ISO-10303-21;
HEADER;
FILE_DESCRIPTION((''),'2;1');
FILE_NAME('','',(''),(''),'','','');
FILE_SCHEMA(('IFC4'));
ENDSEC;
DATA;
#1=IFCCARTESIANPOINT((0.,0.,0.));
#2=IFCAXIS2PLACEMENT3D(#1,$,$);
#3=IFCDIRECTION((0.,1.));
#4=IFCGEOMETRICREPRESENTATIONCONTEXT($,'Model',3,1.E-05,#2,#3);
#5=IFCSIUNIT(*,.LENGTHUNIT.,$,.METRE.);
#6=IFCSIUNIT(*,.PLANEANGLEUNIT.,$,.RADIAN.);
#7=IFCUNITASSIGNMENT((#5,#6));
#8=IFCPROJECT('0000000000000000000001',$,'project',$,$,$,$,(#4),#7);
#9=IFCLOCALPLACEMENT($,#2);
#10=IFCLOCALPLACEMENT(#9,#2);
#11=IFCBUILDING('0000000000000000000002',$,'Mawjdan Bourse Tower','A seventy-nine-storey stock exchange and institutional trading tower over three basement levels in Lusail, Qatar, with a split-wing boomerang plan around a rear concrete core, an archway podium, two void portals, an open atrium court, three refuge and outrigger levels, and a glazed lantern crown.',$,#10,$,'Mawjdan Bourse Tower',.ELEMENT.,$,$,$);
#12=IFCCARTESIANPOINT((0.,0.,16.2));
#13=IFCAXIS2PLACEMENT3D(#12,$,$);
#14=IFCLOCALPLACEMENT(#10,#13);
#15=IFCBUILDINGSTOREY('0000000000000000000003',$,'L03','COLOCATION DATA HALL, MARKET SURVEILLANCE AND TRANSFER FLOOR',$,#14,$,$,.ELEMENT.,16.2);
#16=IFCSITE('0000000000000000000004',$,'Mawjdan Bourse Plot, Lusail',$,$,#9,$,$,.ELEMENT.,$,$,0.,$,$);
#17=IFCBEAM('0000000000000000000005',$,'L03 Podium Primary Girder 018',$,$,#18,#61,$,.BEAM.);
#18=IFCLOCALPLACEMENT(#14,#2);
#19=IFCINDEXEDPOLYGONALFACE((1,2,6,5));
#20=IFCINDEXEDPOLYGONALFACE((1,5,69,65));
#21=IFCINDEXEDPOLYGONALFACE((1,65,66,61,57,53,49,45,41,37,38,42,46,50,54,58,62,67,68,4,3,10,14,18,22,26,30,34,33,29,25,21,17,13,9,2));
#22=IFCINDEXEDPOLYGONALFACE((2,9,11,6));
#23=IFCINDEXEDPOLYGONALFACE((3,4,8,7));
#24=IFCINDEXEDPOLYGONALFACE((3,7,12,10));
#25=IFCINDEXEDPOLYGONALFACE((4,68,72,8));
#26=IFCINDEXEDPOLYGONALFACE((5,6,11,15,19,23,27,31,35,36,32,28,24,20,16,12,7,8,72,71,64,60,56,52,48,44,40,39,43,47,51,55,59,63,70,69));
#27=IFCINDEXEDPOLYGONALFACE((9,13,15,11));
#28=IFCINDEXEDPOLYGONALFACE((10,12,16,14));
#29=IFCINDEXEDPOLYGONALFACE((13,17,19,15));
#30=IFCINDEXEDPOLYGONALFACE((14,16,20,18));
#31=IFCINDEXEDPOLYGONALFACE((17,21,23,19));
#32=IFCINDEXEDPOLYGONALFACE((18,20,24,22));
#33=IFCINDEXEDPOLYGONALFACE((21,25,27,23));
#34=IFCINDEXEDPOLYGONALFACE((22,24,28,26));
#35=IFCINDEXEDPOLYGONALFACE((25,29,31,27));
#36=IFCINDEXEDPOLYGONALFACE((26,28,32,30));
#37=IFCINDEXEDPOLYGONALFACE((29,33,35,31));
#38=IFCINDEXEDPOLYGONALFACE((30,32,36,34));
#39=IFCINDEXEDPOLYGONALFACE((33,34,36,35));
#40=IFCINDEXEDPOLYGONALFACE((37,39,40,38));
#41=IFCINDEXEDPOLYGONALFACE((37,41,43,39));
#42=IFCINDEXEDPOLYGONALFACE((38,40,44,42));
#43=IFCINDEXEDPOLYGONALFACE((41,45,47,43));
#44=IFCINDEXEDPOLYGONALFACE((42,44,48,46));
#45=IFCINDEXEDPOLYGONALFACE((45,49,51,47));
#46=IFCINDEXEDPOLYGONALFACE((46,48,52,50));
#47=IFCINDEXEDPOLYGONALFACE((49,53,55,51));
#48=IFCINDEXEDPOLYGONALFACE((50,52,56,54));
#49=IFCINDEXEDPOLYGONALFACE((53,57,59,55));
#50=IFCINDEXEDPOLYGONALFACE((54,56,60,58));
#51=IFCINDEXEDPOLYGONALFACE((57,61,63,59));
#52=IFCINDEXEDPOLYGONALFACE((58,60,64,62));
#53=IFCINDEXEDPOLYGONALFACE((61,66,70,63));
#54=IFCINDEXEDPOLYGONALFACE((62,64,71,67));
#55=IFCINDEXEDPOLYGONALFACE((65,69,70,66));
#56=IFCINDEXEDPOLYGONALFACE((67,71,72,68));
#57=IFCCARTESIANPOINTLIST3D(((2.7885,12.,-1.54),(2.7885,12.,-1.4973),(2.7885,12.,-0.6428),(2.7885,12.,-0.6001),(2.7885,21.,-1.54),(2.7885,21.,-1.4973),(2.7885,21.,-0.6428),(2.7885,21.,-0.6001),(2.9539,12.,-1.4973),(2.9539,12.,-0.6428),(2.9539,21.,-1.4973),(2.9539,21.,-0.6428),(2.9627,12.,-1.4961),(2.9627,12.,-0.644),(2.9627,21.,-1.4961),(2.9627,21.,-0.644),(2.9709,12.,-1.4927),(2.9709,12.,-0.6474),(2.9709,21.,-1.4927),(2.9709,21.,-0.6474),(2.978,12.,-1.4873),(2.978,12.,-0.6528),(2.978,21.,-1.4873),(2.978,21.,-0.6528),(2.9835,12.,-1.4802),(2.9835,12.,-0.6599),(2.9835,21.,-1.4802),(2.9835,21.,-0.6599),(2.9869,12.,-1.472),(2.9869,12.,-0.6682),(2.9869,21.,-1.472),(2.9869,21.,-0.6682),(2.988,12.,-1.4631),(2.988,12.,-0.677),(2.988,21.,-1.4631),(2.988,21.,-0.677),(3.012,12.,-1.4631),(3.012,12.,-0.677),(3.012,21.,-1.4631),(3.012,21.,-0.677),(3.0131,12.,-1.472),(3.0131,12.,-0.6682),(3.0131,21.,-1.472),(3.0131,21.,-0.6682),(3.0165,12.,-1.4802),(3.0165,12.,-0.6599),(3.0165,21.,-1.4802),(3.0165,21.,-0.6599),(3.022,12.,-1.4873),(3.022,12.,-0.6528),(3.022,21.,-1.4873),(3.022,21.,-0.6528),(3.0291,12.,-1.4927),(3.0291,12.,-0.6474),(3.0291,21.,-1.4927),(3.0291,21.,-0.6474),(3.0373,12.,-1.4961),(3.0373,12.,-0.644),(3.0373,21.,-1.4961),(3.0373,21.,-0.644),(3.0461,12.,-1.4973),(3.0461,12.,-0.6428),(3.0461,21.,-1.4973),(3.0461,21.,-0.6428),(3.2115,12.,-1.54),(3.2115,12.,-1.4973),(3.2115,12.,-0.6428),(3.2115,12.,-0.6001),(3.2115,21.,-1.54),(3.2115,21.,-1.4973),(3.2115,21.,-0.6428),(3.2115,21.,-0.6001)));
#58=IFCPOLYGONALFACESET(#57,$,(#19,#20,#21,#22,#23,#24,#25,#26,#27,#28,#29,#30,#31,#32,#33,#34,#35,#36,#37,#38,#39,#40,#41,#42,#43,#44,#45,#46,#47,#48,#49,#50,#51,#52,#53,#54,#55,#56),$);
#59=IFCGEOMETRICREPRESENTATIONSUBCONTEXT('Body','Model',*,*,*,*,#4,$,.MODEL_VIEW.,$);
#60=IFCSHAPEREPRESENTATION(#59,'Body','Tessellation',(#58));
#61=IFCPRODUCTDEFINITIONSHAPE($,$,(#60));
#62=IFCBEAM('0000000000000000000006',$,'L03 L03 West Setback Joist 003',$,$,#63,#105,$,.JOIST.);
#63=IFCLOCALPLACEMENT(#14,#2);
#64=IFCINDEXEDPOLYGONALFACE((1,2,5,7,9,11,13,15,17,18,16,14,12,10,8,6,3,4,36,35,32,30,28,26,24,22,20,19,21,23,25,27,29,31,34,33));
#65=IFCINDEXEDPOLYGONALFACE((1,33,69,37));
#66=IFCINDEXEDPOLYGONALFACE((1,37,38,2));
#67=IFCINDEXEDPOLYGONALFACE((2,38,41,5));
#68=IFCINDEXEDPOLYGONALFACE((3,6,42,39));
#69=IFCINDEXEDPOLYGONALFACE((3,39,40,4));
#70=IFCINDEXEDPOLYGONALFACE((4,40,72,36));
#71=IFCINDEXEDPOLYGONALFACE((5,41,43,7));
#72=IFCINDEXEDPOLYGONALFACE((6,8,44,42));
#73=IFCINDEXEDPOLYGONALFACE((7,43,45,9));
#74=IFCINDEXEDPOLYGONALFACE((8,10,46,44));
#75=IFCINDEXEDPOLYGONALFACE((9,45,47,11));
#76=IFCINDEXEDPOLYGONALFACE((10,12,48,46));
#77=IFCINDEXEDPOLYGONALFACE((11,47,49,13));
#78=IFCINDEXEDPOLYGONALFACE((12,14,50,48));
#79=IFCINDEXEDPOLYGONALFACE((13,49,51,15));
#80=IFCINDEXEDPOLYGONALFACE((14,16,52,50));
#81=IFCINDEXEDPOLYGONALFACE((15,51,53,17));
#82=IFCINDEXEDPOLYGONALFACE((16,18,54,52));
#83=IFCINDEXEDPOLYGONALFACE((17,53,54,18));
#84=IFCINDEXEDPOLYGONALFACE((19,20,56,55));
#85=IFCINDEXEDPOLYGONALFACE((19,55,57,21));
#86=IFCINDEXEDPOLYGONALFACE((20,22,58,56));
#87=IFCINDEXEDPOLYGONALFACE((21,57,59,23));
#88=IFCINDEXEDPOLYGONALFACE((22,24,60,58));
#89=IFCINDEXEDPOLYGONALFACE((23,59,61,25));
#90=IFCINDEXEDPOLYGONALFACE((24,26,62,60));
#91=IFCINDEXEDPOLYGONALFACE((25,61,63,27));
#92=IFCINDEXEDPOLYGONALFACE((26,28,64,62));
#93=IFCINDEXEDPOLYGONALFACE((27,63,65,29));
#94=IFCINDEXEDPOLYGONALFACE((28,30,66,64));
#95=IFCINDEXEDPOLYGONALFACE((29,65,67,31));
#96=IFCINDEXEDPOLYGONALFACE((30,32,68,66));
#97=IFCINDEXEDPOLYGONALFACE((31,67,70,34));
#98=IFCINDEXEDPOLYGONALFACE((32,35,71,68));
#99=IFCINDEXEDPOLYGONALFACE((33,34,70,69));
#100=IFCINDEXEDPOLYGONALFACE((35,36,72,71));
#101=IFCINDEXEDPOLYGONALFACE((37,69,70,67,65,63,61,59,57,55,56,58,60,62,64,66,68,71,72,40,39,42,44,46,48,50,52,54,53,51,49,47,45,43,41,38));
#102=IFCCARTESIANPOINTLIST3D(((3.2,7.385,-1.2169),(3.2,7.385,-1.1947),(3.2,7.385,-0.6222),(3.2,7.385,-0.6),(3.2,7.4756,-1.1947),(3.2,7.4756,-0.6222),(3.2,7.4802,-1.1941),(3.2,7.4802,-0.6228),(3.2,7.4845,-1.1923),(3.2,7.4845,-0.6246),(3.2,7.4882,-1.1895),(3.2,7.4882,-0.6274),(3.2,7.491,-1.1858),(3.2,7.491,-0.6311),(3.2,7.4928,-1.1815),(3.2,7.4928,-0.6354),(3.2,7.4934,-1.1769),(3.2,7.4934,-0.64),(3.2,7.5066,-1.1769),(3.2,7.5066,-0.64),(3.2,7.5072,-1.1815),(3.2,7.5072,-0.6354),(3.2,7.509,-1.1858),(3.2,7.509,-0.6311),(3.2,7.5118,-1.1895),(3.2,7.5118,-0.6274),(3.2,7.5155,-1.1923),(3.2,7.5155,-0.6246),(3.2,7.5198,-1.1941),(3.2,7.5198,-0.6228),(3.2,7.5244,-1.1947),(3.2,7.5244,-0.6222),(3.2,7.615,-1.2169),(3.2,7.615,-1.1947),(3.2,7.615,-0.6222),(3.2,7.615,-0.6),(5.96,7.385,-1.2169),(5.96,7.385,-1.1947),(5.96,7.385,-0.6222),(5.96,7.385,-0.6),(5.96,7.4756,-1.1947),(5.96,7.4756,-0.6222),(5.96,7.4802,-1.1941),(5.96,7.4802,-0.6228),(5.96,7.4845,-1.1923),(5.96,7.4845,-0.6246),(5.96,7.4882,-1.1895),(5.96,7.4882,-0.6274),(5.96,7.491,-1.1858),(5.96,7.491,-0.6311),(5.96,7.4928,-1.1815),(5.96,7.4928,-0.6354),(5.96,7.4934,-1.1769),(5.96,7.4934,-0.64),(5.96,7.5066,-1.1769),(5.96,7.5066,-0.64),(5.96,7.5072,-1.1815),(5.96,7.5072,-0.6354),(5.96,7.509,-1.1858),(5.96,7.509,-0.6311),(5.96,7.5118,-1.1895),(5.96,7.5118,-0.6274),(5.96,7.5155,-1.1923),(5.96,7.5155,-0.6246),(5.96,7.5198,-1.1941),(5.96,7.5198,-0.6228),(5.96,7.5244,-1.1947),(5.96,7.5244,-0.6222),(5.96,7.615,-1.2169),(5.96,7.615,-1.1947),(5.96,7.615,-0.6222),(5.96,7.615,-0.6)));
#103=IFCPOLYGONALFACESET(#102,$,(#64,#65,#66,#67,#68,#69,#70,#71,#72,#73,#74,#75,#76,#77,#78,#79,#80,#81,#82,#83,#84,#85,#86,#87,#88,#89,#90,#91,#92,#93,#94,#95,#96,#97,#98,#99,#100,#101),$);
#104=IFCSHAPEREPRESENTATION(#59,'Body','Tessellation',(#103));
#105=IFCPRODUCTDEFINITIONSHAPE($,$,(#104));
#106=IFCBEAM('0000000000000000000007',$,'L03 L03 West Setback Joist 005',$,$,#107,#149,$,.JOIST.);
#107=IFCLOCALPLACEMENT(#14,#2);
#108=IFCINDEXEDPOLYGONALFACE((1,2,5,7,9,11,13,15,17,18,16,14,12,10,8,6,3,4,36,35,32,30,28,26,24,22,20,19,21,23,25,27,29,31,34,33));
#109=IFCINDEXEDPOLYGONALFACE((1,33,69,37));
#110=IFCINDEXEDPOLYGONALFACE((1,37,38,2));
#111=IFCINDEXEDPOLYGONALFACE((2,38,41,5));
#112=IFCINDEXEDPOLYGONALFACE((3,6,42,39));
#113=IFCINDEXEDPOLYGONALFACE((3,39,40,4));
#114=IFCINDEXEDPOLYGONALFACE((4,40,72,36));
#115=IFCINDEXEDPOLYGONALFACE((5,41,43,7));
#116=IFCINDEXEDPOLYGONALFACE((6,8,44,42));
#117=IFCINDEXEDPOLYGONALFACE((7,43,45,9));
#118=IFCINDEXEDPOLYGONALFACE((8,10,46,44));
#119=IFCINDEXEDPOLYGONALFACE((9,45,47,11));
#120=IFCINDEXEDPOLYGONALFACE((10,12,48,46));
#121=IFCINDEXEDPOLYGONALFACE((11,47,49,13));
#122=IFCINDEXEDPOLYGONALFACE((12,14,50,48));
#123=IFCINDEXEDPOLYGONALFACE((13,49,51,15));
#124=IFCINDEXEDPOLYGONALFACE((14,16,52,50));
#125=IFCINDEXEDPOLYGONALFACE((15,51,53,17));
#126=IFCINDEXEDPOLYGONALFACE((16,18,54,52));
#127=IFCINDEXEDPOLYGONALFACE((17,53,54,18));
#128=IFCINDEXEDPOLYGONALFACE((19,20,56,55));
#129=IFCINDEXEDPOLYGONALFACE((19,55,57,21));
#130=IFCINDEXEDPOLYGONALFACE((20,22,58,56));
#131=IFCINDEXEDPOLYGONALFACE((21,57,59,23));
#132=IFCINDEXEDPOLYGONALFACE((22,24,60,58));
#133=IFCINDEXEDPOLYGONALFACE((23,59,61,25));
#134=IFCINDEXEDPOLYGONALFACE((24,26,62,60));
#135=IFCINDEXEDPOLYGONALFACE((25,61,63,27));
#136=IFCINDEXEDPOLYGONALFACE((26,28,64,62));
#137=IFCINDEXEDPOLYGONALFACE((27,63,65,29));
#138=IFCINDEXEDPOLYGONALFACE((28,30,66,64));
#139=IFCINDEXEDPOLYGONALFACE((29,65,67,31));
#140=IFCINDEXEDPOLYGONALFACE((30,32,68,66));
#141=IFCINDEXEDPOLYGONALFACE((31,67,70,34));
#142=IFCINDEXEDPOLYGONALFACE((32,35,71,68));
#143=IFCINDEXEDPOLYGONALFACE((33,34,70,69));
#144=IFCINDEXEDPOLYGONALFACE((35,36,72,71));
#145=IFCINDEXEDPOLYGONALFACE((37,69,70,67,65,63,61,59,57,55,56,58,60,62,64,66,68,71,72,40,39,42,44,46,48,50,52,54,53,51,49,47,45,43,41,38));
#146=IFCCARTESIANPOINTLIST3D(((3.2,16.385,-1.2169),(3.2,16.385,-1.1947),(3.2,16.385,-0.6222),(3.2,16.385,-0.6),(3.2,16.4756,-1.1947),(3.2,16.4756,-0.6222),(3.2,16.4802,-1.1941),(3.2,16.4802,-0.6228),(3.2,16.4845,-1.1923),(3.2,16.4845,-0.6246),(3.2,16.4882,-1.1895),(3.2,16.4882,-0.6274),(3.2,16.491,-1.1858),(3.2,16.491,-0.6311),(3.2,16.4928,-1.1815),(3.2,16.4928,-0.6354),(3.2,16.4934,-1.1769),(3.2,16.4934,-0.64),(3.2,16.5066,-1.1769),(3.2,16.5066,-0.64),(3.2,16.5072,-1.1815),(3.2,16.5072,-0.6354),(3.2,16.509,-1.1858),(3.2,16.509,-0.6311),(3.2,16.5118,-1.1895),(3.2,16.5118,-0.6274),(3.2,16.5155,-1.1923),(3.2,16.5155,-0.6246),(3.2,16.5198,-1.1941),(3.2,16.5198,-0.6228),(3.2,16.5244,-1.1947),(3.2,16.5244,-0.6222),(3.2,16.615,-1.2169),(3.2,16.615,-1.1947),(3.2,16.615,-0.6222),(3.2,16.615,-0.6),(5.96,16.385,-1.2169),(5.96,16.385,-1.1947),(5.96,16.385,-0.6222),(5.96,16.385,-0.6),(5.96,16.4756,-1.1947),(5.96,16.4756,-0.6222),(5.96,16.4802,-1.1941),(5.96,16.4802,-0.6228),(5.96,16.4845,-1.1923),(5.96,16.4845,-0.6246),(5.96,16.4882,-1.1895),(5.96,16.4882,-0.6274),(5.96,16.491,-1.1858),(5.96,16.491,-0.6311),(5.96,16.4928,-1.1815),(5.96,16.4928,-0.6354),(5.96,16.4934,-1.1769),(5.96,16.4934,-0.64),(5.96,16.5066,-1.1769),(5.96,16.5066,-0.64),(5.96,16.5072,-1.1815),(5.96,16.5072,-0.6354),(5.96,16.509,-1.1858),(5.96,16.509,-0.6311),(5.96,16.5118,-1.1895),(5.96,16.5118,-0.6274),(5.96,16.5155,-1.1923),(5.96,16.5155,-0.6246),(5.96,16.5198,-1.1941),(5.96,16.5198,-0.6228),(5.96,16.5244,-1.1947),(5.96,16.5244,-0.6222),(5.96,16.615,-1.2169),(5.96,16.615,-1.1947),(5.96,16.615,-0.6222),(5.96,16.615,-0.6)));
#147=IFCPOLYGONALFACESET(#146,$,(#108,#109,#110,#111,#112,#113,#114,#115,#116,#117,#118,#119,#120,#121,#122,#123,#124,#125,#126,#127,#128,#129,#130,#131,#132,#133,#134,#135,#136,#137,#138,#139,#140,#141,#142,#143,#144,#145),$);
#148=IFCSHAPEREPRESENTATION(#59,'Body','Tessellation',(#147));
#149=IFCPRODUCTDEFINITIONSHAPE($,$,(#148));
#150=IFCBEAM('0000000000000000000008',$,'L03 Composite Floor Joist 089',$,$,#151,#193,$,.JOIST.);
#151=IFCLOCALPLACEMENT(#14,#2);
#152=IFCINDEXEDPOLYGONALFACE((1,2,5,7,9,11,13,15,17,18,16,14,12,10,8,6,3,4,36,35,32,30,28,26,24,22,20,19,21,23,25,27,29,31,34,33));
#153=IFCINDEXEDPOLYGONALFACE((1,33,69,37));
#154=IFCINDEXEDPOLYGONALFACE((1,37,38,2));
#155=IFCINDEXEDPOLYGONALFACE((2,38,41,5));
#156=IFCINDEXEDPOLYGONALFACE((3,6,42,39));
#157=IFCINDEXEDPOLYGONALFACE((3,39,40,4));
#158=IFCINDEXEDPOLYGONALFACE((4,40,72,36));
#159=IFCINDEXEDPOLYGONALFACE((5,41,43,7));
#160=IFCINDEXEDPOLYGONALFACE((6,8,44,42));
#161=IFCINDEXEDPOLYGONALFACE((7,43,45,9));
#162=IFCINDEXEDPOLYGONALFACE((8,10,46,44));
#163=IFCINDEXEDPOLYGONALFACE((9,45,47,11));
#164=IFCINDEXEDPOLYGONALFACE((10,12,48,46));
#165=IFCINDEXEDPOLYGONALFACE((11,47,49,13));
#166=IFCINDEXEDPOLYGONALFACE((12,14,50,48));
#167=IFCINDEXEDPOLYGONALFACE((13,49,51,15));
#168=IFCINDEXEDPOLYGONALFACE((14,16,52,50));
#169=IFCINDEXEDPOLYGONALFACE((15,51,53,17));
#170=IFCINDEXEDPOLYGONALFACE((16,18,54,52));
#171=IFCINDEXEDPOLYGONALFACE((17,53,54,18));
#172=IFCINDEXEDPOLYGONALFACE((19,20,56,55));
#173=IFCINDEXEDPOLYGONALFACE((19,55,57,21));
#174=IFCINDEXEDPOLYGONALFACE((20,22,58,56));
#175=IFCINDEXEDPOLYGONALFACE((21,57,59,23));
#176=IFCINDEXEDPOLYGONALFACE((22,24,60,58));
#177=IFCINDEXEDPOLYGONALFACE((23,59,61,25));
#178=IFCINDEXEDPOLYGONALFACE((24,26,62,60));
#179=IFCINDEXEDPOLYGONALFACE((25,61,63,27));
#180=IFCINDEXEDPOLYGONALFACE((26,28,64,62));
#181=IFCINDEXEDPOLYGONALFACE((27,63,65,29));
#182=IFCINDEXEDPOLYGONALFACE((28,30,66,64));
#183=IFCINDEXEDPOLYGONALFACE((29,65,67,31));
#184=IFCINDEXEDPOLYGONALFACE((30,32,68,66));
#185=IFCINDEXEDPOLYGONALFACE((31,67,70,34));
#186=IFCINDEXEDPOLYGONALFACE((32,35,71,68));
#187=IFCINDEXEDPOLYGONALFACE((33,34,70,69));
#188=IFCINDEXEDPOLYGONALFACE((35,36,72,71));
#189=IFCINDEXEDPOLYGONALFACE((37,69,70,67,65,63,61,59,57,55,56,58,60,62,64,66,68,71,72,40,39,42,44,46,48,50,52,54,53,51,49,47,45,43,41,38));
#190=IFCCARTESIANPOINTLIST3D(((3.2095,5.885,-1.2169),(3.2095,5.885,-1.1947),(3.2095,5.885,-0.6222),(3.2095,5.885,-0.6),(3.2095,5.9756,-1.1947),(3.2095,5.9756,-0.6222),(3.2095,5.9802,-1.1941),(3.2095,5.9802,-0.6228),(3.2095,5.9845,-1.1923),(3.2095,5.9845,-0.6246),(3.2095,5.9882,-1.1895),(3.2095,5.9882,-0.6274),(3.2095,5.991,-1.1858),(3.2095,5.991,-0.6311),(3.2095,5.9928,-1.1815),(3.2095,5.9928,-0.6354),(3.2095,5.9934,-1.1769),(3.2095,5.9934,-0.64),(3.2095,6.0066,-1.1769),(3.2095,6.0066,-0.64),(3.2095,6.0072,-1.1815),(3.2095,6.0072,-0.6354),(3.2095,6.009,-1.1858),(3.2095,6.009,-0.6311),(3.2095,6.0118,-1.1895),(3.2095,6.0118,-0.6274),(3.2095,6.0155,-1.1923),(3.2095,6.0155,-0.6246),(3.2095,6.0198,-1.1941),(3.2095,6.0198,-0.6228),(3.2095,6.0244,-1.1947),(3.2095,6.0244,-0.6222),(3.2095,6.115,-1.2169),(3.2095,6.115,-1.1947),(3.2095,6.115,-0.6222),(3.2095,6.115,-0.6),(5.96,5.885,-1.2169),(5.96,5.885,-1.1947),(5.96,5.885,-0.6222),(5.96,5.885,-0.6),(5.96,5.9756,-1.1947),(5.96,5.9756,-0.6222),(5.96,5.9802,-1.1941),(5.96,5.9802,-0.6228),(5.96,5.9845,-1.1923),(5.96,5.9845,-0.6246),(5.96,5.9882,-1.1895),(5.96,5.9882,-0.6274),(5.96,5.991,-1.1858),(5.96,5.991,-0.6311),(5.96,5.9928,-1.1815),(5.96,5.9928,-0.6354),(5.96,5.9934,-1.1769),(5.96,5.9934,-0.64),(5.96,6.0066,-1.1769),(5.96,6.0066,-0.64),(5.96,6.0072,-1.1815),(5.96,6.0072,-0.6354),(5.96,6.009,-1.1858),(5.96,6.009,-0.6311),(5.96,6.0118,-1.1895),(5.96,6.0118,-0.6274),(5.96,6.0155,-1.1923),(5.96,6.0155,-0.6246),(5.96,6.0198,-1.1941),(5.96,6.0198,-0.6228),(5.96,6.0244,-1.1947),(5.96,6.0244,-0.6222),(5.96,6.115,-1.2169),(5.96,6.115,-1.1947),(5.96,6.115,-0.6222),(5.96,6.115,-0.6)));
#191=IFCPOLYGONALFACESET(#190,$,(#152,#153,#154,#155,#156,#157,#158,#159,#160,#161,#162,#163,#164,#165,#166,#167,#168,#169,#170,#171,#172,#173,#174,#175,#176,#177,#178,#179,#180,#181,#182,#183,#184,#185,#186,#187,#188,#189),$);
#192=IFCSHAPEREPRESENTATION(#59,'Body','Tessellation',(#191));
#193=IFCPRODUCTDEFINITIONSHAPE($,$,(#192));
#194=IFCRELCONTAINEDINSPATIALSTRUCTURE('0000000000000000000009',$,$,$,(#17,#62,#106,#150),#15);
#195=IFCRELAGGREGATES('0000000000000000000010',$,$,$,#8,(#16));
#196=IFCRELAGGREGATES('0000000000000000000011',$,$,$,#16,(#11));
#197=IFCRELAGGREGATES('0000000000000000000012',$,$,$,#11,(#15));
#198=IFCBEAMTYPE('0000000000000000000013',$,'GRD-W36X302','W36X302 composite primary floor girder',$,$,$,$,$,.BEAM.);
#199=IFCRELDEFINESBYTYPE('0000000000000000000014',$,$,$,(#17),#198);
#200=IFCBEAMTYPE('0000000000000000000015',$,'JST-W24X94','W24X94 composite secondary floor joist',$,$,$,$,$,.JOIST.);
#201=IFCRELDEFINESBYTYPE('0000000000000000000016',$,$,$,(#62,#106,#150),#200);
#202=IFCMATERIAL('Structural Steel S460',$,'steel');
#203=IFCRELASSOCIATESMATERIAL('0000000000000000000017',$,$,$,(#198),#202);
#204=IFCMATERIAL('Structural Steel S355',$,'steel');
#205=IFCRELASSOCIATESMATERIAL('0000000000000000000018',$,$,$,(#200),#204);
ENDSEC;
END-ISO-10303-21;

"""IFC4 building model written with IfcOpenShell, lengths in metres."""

from ifc_helpers import new_model, si_unit, direction, frame, origin, origin_2d, place, context, subcontext, project, spatial, i_section, extrude, material, material_profile, profile_set, type_object, element, save


model = new_model("IFC4")

# Units and contexts
model_context = context("Model", 3, precision=1e-05, world=origin(), true_north=direction((0.0, 1.0)))
body_context = subcontext(model_context, "Body", "Model", "MODEL_VIEW")
ifc_project = project(units=[si_unit("LENGTHUNIT", "METRE"), si_unit("PLANEANGLEUNIT", "RADIAN")], contexts=[model_context])

# Site, building, storey
site_placement = place(None, origin())
site = spatial("IfcSite", under=ifc_project, at=site_placement, Name="Mawjdan Bourse Plot, Lusail", CompositionType="ELEMENT", RefElevation=0.0)
building_placement = place(site_placement, origin())
building = spatial("IfcBuilding", under=site, at=building_placement, Name="Mawjdan Bourse Tower", Description="A seventy-nine-storey stock exchange and institutional trading tower over three basement levels in Lusail, Qatar, with a split-wing boomerang plan around a rear concrete core, an archway podium, two void portals, an open atrium court, three refuge and outrigger levels, and a glazed lantern crown.", LongName="Mawjdan Bourse Tower", CompositionType="ELEMENT")
storey_placement = place(building_placement, frame((0.0, 0.0, 16.2)))
storey = spatial("IfcBuildingStorey", under=building, at=storey_placement, Name="L03", Description="COLOCATION DATA HALL, MARKET SURVEILLANCE AND TRANSFER FLOOR", CompositionType="ELEMENT", Elevation=16.2)

# Beams
ifc_material_1 = material(Name="Structural Steel S460", Category="steel")
ifc_material_profile_1 = material_profile(ifc_material_1, i_section(OverallWidth=0.4231, OverallDepth=0.9399, WebThickness=0.0239, FlangeThickness=0.0427, FilletRadius=0.0342, at=origin_2d()), Name="W36X302")
ifc_profile_set_1 = profile_set([ifc_material_profile_1], Name="Structural Steel S460")
beam_type_1 = type_object("IfcBeamType", Name="GRD-W36X302", Description="W36X302 composite primary floor girder", PredefinedType="BEAM", material=ifc_profile_set_1)
beam_placement = place(storey_placement, frame((3.0, 12.0, -1.0701), z_axis=(0.0, 1.0, 0.0), x_axis=(-1.0, 0.0, 0.0)))
element("IfcBeam", 1, at=beam_placement, inside=storey, type_object=beam_type_1, Name="L03 Podium Primary Girder 018", PredefinedType="BEAM", context=body_context, shape_type="SweptSolid", body=[
    extrude(i_section(OverallWidth=0.4231, OverallDepth=0.9399, WebThickness=0.0239, FlangeThickness=0.0427, FilletRadius=0.0342, at=origin_2d()), origin(), (0.0, 0.0, 1.0), 9.0),
])
ifc_material_2 = material(Name="Structural Steel S355", Category="steel")
ifc_material_profile_2 = material_profile(ifc_material_2, i_section(OverallWidth=0.23, OverallDepth=0.6169, WebThickness=0.0132, FlangeThickness=0.0222, FilletRadius=0.0178, at=origin_2d()), Name="W24X94")
ifc_profile_set_2 = profile_set([ifc_material_profile_2], Name="Structural Steel S355")
beam_type_2 = type_object("IfcBeamType", Name="JST-W24X94", Description="W24X94 composite secondary floor joist", PredefinedType="JOIST", material=ifc_profile_set_2)
for number, where, z_axis, x_axis, name in (
    (2, (3.2, 7.5, -0.9084), (1.0, 0.0, 0.0), (0.0, 1.0, 0.0), "L03 L03 West Setback Joist 003"),
    (3, (3.2, 16.5, -0.9084), (1.0, 0.0, 0.0), (0.0, 1.0, 0.0), "L03 L03 West Setback Joist 005"),
):
    element("IfcBeam", number, at=place(storey_placement, frame(where, z_axis=z_axis, x_axis=x_axis)), inside=storey, type_object=beam_type_2, Name=name, PredefinedType="JOIST", context=body_context, shape_type="SweptSolid", body=[
        extrude(i_section(OverallWidth=0.23, OverallDepth=0.6169, WebThickness=0.0132, FlangeThickness=0.0222, FilletRadius=0.0178, at=origin_2d()), origin(), (0.0, 0.0, 1.0), 2.76),
    ])
for number, where, z_axis, x_axis, name in (
    (4, (3.2095, 6.0, -0.9084), (1.0, 0.0, 0.0), (0.0, 1.0, 0.0), "L03 Composite Floor Joist 089"),
):
    element("IfcBeam", number, at=place(storey_placement, frame(where, z_axis=z_axis, x_axis=x_axis)), inside=storey, type_object=beam_type_2, Name=name, PredefinedType="JOIST", context=body_context, shape_type="SweptSolid", body=[
        extrude(i_section(OverallWidth=0.23, OverallDepth=0.6169, WebThickness=0.0132, FlangeThickness=0.0222, FilletRadius=0.0178, at=origin_2d()), origin(), (0.0, 0.0, 1.0), 2.7505),
    ])

save(model, "model.ifc")
